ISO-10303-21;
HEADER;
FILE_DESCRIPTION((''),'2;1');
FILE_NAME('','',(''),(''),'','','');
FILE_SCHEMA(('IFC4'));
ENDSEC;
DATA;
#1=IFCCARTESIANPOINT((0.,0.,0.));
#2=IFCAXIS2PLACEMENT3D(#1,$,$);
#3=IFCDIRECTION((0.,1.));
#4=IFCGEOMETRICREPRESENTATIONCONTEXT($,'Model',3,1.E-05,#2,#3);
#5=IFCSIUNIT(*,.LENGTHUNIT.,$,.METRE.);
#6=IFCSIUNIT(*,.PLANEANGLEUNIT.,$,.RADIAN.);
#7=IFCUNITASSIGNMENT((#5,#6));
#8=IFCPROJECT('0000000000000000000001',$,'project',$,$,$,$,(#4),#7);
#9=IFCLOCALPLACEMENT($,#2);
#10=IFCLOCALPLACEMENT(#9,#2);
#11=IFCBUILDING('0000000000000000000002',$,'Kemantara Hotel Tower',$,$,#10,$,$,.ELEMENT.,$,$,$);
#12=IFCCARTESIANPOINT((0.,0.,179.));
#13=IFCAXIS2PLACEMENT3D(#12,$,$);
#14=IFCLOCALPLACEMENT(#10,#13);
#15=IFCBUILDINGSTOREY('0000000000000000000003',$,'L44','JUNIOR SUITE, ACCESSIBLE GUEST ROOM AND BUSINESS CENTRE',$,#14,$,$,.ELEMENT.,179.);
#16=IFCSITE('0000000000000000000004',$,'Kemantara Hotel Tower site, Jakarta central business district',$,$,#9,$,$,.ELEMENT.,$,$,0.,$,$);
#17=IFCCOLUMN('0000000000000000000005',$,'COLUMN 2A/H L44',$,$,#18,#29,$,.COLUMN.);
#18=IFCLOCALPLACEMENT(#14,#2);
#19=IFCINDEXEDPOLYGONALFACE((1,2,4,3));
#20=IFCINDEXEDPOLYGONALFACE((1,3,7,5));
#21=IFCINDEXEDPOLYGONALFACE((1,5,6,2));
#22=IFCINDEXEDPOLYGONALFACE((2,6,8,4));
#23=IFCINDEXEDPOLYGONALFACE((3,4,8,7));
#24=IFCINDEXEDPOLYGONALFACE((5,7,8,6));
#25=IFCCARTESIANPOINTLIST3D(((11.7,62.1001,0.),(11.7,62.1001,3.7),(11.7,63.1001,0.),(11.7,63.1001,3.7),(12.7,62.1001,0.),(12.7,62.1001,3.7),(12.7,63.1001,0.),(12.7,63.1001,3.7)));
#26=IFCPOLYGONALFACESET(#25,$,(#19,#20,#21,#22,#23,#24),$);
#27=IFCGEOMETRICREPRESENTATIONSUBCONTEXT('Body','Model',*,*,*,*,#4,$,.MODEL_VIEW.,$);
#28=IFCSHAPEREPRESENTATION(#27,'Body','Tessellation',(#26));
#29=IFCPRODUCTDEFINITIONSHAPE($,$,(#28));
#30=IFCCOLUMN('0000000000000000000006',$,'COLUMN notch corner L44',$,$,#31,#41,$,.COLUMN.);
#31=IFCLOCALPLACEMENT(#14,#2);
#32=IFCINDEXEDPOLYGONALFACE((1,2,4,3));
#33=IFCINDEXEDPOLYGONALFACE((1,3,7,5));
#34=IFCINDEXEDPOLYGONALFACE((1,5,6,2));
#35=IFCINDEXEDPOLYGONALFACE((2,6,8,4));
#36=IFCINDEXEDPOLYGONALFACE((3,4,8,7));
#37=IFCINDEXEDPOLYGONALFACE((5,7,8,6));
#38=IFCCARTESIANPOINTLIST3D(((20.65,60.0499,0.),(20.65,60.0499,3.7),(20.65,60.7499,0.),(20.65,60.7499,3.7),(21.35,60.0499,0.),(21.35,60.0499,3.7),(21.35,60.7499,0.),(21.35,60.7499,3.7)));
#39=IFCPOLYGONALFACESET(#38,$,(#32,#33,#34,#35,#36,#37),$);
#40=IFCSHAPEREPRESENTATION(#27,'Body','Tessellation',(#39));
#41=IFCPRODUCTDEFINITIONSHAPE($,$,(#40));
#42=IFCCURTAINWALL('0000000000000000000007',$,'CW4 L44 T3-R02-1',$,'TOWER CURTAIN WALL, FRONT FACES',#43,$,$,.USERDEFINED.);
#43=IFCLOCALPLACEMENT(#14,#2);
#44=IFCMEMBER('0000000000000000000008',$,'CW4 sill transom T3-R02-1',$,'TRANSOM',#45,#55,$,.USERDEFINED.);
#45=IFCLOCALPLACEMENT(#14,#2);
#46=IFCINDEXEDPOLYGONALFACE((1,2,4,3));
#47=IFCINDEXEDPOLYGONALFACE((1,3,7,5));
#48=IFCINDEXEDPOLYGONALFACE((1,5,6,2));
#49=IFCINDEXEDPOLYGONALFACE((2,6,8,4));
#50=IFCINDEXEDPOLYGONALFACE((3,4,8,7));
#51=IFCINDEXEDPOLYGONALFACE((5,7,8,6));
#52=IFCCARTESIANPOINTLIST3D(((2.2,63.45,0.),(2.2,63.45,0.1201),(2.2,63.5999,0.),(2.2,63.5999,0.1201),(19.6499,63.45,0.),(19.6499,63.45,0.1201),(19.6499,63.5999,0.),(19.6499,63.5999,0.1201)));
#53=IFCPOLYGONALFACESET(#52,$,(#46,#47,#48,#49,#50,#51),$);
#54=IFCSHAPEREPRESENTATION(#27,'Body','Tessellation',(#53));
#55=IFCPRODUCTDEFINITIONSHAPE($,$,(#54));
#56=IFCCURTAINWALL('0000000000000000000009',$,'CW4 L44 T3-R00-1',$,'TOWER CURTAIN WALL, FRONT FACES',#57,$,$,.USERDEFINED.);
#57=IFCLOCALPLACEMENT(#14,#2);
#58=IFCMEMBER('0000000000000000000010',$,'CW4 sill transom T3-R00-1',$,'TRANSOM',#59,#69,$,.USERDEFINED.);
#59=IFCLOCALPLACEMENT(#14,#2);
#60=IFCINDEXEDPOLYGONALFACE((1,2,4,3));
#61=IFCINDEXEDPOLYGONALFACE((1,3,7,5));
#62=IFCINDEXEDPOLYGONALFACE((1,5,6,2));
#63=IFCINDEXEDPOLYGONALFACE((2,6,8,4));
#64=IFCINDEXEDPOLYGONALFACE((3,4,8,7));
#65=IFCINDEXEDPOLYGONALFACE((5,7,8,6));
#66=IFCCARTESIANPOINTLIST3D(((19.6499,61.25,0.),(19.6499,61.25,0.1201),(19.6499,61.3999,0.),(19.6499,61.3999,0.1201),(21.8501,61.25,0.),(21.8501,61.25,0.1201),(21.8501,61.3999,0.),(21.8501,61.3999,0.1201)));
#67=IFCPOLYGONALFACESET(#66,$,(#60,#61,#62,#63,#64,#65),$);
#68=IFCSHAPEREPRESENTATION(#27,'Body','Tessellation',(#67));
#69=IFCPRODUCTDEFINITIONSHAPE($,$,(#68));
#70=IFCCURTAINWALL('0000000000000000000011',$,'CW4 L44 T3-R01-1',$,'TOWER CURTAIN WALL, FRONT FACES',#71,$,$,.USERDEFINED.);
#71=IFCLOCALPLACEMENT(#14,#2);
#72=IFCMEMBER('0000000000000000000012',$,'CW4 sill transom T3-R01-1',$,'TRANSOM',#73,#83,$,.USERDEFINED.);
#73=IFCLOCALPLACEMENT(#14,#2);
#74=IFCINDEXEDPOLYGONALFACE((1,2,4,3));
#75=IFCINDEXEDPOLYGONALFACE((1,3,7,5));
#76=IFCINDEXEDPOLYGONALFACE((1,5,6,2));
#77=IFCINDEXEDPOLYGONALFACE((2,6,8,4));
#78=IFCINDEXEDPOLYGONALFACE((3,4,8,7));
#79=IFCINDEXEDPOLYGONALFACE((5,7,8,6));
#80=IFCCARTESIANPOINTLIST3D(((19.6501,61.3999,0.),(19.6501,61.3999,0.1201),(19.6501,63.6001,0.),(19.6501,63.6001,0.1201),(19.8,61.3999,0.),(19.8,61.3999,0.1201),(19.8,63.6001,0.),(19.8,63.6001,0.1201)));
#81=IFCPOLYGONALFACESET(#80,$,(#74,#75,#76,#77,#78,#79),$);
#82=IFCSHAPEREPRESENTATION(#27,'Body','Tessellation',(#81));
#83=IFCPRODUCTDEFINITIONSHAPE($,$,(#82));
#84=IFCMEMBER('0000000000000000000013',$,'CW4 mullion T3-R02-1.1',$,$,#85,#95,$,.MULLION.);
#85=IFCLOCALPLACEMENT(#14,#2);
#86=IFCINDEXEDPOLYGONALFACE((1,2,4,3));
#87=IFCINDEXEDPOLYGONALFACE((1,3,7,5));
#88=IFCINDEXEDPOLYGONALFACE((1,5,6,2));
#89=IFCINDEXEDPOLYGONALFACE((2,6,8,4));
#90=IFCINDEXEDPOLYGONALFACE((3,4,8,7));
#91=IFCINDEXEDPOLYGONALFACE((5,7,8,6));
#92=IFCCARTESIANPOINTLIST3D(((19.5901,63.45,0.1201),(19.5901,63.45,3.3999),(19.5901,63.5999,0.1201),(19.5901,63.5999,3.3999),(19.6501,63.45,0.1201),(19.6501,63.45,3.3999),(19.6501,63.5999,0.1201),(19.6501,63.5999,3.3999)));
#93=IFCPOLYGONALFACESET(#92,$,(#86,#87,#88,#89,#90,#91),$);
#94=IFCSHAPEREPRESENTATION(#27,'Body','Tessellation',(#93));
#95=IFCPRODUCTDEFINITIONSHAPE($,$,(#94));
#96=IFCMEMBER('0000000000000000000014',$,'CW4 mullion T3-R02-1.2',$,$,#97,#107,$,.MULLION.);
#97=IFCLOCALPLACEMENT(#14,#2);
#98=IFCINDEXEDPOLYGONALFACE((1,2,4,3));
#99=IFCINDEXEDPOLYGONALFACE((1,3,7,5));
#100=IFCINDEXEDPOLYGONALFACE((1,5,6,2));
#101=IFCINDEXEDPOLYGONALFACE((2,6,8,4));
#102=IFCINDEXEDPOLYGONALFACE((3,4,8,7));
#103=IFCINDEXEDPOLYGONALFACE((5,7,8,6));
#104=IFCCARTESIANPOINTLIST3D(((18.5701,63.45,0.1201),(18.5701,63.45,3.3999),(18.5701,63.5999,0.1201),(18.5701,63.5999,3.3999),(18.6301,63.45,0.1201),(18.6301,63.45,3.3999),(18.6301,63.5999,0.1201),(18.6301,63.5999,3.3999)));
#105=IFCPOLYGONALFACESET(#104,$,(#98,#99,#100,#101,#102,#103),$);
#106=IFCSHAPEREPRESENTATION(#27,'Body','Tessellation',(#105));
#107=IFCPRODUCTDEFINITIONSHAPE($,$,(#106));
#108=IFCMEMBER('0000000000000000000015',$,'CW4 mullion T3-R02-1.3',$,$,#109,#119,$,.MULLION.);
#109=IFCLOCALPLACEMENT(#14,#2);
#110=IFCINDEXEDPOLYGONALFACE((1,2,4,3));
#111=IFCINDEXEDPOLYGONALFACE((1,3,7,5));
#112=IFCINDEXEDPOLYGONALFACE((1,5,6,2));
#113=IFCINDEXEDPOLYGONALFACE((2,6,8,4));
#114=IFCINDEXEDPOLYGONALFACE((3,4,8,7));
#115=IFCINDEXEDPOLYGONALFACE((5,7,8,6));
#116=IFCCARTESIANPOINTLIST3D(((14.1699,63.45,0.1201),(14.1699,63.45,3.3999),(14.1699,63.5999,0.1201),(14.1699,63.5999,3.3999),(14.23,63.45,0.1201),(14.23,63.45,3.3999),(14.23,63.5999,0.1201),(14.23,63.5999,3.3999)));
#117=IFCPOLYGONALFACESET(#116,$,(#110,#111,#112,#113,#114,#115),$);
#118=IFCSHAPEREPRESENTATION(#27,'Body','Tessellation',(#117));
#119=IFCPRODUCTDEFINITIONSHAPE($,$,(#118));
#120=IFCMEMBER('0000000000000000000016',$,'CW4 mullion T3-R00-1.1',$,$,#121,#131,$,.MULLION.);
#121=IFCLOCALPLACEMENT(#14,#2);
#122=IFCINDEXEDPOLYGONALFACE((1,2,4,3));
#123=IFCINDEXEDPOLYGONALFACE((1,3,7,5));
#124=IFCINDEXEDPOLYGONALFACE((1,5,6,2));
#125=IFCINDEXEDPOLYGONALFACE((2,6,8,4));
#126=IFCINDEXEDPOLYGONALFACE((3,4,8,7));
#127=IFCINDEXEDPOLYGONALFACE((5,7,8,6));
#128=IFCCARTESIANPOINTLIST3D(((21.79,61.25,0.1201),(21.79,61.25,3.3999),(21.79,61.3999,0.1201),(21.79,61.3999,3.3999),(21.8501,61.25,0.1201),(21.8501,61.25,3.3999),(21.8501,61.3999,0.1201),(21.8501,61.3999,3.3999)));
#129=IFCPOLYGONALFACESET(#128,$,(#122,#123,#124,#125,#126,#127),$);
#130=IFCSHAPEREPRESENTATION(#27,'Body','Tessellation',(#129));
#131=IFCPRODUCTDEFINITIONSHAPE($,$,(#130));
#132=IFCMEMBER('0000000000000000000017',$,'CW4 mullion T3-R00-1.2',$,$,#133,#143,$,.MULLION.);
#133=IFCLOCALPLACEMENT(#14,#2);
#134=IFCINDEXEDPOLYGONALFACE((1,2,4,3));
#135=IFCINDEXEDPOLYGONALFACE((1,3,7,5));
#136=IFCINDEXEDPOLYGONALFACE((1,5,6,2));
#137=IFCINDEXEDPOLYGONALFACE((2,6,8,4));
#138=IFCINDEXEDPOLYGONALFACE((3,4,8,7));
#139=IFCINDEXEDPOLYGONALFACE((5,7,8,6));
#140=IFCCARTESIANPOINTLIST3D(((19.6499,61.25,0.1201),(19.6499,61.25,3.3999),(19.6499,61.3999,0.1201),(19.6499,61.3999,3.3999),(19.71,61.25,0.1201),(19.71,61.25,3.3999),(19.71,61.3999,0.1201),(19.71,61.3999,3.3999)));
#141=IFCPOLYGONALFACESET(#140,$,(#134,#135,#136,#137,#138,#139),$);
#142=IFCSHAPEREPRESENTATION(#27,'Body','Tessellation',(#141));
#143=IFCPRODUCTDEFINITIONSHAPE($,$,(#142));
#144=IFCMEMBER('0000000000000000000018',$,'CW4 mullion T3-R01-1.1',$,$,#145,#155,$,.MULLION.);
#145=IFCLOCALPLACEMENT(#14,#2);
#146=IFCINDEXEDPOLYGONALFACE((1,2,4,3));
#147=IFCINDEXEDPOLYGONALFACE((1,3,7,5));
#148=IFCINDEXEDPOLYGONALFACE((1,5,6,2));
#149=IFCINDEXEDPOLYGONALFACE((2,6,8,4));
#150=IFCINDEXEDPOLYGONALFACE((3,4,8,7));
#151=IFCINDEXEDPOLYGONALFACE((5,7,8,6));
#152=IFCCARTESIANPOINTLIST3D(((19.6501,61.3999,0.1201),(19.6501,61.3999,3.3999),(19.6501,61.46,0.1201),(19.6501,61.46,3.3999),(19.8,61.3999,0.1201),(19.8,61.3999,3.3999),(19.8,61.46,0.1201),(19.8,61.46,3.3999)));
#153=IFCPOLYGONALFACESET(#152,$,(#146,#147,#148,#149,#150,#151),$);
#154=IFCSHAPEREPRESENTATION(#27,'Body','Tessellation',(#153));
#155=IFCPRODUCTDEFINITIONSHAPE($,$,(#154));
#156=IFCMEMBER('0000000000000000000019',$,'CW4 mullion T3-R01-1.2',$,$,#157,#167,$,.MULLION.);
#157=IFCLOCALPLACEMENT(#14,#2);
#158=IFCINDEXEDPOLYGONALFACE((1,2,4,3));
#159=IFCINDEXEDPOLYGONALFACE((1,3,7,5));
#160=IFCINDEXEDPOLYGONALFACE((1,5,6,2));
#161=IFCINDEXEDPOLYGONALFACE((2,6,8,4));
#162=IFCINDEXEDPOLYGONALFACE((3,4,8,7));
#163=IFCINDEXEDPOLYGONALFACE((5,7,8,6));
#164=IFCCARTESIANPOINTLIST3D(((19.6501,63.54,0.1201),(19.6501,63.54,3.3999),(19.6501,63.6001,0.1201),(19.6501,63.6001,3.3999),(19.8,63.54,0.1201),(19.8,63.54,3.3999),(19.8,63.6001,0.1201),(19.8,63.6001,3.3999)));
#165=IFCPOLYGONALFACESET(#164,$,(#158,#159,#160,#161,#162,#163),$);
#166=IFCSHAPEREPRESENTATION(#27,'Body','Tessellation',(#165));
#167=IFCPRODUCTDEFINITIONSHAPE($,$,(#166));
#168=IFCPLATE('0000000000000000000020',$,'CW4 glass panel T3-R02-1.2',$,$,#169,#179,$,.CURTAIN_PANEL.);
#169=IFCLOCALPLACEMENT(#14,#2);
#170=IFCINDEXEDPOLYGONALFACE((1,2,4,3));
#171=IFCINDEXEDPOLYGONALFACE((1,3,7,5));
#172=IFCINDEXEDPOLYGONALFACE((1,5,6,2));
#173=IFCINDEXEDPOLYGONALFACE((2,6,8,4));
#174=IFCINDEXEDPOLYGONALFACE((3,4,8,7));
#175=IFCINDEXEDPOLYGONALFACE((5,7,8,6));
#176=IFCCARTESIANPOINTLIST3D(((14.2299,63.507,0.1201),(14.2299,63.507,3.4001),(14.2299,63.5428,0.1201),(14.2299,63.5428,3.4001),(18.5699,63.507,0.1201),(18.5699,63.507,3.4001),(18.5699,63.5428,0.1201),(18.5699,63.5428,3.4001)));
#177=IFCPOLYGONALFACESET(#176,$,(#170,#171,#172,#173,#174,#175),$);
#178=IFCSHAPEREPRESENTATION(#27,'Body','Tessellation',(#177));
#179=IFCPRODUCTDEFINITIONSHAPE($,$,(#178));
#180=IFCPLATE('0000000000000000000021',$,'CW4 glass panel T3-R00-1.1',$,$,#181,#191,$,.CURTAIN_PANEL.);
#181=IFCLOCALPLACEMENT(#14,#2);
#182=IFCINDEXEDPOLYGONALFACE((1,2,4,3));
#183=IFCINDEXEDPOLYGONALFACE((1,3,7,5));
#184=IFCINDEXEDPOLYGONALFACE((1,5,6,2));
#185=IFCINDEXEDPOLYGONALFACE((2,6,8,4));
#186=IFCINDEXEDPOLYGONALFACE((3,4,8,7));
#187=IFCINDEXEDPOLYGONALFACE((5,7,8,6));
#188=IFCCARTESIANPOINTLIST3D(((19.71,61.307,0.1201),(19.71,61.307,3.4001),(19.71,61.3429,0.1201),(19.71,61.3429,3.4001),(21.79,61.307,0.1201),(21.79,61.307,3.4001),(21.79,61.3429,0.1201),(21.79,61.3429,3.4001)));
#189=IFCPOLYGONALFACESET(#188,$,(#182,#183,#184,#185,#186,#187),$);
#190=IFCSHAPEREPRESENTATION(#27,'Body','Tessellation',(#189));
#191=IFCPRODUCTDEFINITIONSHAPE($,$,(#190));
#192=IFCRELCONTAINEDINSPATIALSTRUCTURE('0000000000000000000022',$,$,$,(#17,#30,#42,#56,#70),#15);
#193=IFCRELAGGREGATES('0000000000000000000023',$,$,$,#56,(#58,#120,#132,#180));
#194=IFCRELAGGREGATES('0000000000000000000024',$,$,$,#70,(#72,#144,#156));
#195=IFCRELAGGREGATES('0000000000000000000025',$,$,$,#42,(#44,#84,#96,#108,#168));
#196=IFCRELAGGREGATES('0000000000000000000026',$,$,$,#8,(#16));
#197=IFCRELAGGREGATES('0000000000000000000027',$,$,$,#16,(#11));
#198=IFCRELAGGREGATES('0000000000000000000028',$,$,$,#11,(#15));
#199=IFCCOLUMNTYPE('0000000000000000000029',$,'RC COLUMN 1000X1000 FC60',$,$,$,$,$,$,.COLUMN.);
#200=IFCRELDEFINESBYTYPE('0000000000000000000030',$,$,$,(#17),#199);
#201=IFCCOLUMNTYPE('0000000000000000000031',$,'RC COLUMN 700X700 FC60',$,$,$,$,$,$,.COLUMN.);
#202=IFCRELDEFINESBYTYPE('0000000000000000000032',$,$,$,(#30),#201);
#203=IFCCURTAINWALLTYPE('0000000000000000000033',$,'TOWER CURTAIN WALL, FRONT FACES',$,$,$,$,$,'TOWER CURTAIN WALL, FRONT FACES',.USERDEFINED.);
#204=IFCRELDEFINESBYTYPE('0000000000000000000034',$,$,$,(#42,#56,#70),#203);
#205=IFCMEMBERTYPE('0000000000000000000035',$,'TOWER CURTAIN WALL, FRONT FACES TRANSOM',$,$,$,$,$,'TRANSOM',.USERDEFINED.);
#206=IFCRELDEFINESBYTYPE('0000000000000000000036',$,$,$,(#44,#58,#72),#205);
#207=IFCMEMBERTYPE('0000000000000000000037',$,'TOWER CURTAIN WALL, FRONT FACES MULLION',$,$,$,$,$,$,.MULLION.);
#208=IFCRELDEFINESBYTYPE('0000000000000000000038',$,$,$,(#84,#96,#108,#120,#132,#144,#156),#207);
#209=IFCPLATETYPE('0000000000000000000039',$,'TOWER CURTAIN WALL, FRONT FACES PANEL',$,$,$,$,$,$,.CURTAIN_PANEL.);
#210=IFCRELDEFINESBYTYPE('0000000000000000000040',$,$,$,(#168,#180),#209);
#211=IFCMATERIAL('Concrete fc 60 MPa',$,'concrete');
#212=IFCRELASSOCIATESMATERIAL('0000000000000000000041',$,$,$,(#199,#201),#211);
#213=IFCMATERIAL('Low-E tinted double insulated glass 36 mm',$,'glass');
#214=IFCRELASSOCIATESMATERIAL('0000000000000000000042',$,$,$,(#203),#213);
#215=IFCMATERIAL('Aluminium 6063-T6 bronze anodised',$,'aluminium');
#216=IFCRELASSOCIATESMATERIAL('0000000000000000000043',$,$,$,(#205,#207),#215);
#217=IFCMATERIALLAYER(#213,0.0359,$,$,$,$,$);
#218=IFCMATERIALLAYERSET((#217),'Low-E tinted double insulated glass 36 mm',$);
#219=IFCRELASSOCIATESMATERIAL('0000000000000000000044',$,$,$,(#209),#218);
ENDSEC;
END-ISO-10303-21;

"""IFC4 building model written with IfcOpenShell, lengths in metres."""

from ifc_helpers import new_model, si_unit, direction, frame, origin, origin_2d, place, context, subcontext, project, spatial, rectangle, extrude, source, transform, mapped, material, layer, layer_set, material_profile, profile_set, type_object, element, aggregate, save


model = new_model("IFC4")

# Units and contexts
model_context = context("Model", 3, precision=1e-05, world=origin(), true_north=direction((0.0, 1.0)))
body_context = subcontext(model_context, "Body", "Model", "MODEL_VIEW")
ifc_project = project(units=[si_unit("LENGTHUNIT", "METRE"), si_unit("PLANEANGLEUNIT", "RADIAN")], contexts=[model_context])

# Site, building, storey
site_placement = place(None, origin())
site = spatial("IfcSite", under=ifc_project, at=site_placement, Name="Kemantara Hotel Tower site, Jakarta central business district", CompositionType="ELEMENT", RefElevation=0.0)
building_placement = place(site_placement, origin())
building = spatial("IfcBuilding", under=site, at=building_placement, Name="Kemantara Hotel Tower", CompositionType="ELEMENT")
storey_placement = place(building_placement, frame((0.0, 0.0, 179.0)))
storey = spatial("IfcBuildingStorey", under=building, at=storey_placement, Name="L44", Description="JUNIOR SUITE, ACCESSIBLE GUEST ROOM AND BUSINESS CENTRE", CompositionType="ELEMENT", Elevation=179.0)

# Columns
ifc_material_1 = material(Name="Concrete fc 60 MPa", Category="concrete")
ifc_material_profile_1 = material_profile(ifc_material_1, rectangle(XDim=1.0, YDim=1.0, at=origin_2d()), Name="RC 1000X1000")
ifc_profile_set_1 = profile_set([ifc_material_profile_1], Name="Concrete fc 60 MPa")
column_type_1 = type_object("IfcColumnType", Name="RC COLUMN 1000X1000 FC60", PredefinedType="COLUMN", material=ifc_profile_set_1)
column_1_placement = place(storey_placement, frame((12.2, 62.6001, 0.0), z_axis=(0.0, 0.0, 1.0), x_axis=(1.0, 0.0, 0.0)))
element("IfcColumn", 1, at=column_1_placement, inside=storey, type_object=column_type_1, Name="COLUMN 2A/H L44", PredefinedType="COLUMN", context=body_context, shape_type="SweptSolid", body=[
    extrude(rectangle(XDim=1.0, YDim=1.0, at=origin_2d()), origin(), (0.0, 0.0, 1.0), 3.7),
])
ifc_material_profile_2 = material_profile(ifc_material_1, rectangle(XDim=0.7, YDim=0.7, at=origin_2d()), Name="RC 700X700")
ifc_profile_set_2 = profile_set([ifc_material_profile_2], Name="Concrete fc 60 MPa")
column_type_2 = type_object("IfcColumnType", Name="RC COLUMN 700X700 FC60", PredefinedType="COLUMN", material=ifc_profile_set_2)
column_2_placement = place(storey_placement, frame((21.0, 60.3999, 0.0), z_axis=(0.0, 0.0, 1.0), x_axis=(1.0, 0.0, 0.0)))
element("IfcColumn", 2, at=column_2_placement, inside=storey, type_object=column_type_2, Name="COLUMN notch corner L44", PredefinedType="COLUMN", context=body_context, shape_type="SweptSolid", body=[
    extrude(rectangle(XDim=0.7, YDim=0.7, at=origin_2d()), origin(), (0.0, 0.0, 1.0), 3.7),
])

# Curtain walls, members
ifc_material_2 = material(Name="Low-E tinted double insulated glass 36 mm", Category="glass")
curtain_wall_type = type_object("IfcCurtainWallType", Name="TOWER CURTAIN WALL, FRONT FACES", ElementType="TOWER CURTAIN WALL, FRONT FACES", PredefinedType="USERDEFINED", material=ifc_material_2)
curtain_wall_1_placement = place(storey_placement, origin())
curtain_wall_1 = element("IfcCurtainWall", 3, at=curtain_wall_1_placement, inside=storey, type_object=curtain_wall_type, Name="CW4 L44 T3-R02-1", ObjectType="TOWER CURTAIN WALL, FRONT FACES", PredefinedType="USERDEFINED")
ifc_material_3 = material(Name="Aluminium 6063-T6 bronze anodised", Category="aluminium")
ifc_material_profile_3 = material_profile(ifc_material_3, rectangle(XDim=0.1499, YDim=0.1201, at=origin_2d()), Name="TOWER CURTAIN WALL, FRONT FACES TRANSOM")
ifc_profile_set_3 = profile_set([ifc_material_profile_3], Name="Aluminium 6063-T6 bronze anodised")
member_type_1 = type_object("IfcMemberType", Name="TOWER CURTAIN WALL, FRONT FACES TRANSOM", ElementType="TRANSOM", PredefinedType="USERDEFINED", material=ifc_profile_set_3)
member_1_placement = place(storey_placement, frame((19.6499, 63.5249, 0.0601), z_axis=(-1.0, 0.0, 0.0), x_axis=(0.0, -1.0, 0.0)))
member_1 = element("IfcMember", 4, at=member_1_placement, type_object=member_type_1, Name="CW4 sill transom T3-R02-1", ObjectType="TRANSOM", PredefinedType="USERDEFINED", context=body_context, shape_type="SweptSolid", body=[
    extrude(rectangle(XDim=0.1499, YDim=0.1201, at=origin_2d()), origin(), (0.0, 0.0, 1.0), 17.45),
])
curtain_wall_2_placement = place(storey_placement, origin())
curtain_wall_2 = element("IfcCurtainWall", 5, at=curtain_wall_2_placement, inside=storey, type_object=curtain_wall_type, Name="CW4 L44 T3-R00-1", ObjectType="TOWER CURTAIN WALL, FRONT FACES", PredefinedType="USERDEFINED")
member_2_placement = place(storey_placement, frame((21.8501, 61.325, 0.0601), z_axis=(-1.0, 0.0, 0.0), x_axis=(0.0, -1.0, 0.0)))
member_2 = element("IfcMember", 6, at=member_2_placement, type_object=member_type_1, Name="CW4 sill transom T3-R00-1", ObjectType="TRANSOM", PredefinedType="USERDEFINED", context=body_context, shape_type="SweptSolid", body=[
    extrude(rectangle(XDim=0.1499, YDim=0.1201, at=origin_2d()), origin(), (0.0, 0.0, 1.0), 2.2002),
])
curtain_wall_3_placement = place(storey_placement, origin())
curtain_wall_3 = element("IfcCurtainWall", 7, at=curtain_wall_3_placement, inside=storey, type_object=curtain_wall_type, Name="CW4 L44 T3-R01-1", ObjectType="TOWER CURTAIN WALL, FRONT FACES", PredefinedType="USERDEFINED")
member_3_placement = place(storey_placement, frame((19.7251, 61.3999, 0.0601), z_axis=(0.0, 1.0, 0.0), x_axis=(-1.0, 0.0, 0.0)))
member_3 = element("IfcMember", 8, at=member_3_placement, type_object=member_type_1, Name="CW4 sill transom T3-R01-1", ObjectType="TRANSOM", PredefinedType="USERDEFINED", context=body_context, shape_type="SweptSolid", body=[
    extrude(rectangle(XDim=0.1499, YDim=0.1201, at=origin_2d()), origin(), (0.0, 0.0, 1.0), 2.2002),
])

# Members
ifc_material_profile_4 = material_profile(ifc_material_3, rectangle(XDim=0.1499, YDim=0.0601, at=origin_2d()), Name="TOWER CURTAIN WALL, FRONT FACES MULLION")
ifc_profile_set_4 = profile_set([ifc_material_profile_4], Name="Aluminium 6063-T6 bronze anodised")
member_type_2 = type_object("IfcMemberType", Name="TOWER CURTAIN WALL, FRONT FACES MULLION", PredefinedType="MULLION", material=ifc_profile_set_4)
shared_shape_1 = source(origin(), body_context, "Body", "SweptSolid", [
    extrude(rectangle(XDim=0.1499, YDim=0.0601, at=origin_2d()), origin(), (0.0, 0.0, 1.0), 3.2798),
])
member_4_placement = place(storey_placement, frame((19.6201, 63.5249, 0.1201), z_axis=(0.0, 0.0, 1.0), x_axis=(0.0, -1.0, 0.0)))
member_4 = element("IfcMember", 9, at=member_4_placement, type_object=member_type_2, Name="CW4 mullion T3-R02-1.1", PredefinedType="MULLION", context=body_context, shape_type="MappedRepresentation", body=[
    mapped(shared_shape_1, transform((0.0, 0.0, 0.0))),
])
member_5_placement = place(storey_placement, frame((18.6001, 63.5249, 0.1201), z_axis=(0.0, 0.0, 1.0), x_axis=(0.0, -1.0, 0.0)))
member_5 = element("IfcMember", 10, at=member_5_placement, type_object=member_type_2, Name="CW4 mullion T3-R02-1.2", PredefinedType="MULLION", context=body_context, shape_type="MappedRepresentation", body=[
    mapped(shared_shape_1, transform((0.0, 0.0, 0.0))),
])
member_6_placement = place(storey_placement, frame((14.2, 63.5249, 0.1201), z_axis=(0.0, 0.0, 1.0), x_axis=(0.0, -1.0, 0.0)))
member_6 = element("IfcMember", 11, at=member_6_placement, type_object=member_type_2, Name="CW4 mullion T3-R02-1.3", PredefinedType="MULLION", context=body_context, shape_type="MappedRepresentation", body=[
    mapped(shared_shape_1, transform((0.0, 0.0, 0.0))),
])
member_7_placement = place(storey_placement, frame((21.8201, 61.325, 0.1201), z_axis=(0.0, 0.0, 1.0), x_axis=(0.0, -1.0, 0.0)))
member_7 = element("IfcMember", 12, at=member_7_placement, type_object=member_type_2, Name="CW4 mullion T3-R00-1.1", PredefinedType="MULLION", context=body_context, shape_type="MappedRepresentation", body=[
    mapped(shared_shape_1, transform((0.0, 0.0, 0.0))),
])
member_8_placement = place(storey_placement, frame((19.6799, 61.325, 0.1201), z_axis=(0.0, 0.0, 1.0), x_axis=(0.0, -1.0, 0.0)))
member_8 = element("IfcMember", 13, at=member_8_placement, type_object=member_type_2, Name="CW4 mullion T3-R00-1.2", PredefinedType="MULLION", context=body_context, shape_type="MappedRepresentation", body=[
    mapped(shared_shape_1, transform((0.0, 0.0, 0.0))),
])
member_9_placement = place(storey_placement, frame((19.7251, 61.4299, 0.1201), z_axis=(0.0, 0.0, 1.0), x_axis=(-1.0, 0.0, 0.0)))
member_9 = element("IfcMember", 14, at=member_9_placement, type_object=member_type_2, Name="CW4 mullion T3-R01-1.1", PredefinedType="MULLION", context=body_context, shape_type="MappedRepresentation", body=[
    mapped(shared_shape_1, transform((0.0, 0.0, 0.0))),
])
member_10_placement = place(storey_placement, frame((19.7251, 63.5701, 0.1201), z_axis=(0.0, 0.0, 1.0), x_axis=(-1.0, 0.0, 0.0)))
member_10 = element("IfcMember", 15, at=member_10_placement, type_object=member_type_2, Name="CW4 mullion T3-R01-1.2", PredefinedType="MULLION", context=body_context, shape_type="MappedRepresentation", body=[
    mapped(shared_shape_1, transform((0.0, 0.0, 0.0))),
])

# Plates
ifc_layer_1 = layer(ifc_material_2, 0.0359)
ifc_layer_set_1 = layer_set([ifc_layer_1], Name="Low-E tinted double insulated glass 36 mm")
plate_type = type_object("IfcPlateType", Name="TOWER CURTAIN WALL, FRONT FACES PANEL", PredefinedType="CURTAIN_PANEL", material=ifc_layer_set_1)
shared_shape_2 = source(origin(), body_context, "Body", "SweptSolid", [
    extrude(rectangle(XDim=4.3401, YDim=0.0359, at=origin_2d()), origin(), (0.0, 0.0, 1.0), 3.28),
])
plate_1_placement = place(storey_placement, frame((16.3999, 63.5249, 0.1201), z_axis=(0.0, 0.0, 1.0), x_axis=(-1.0, 0.0, 0.0)))
plate_1 = element("IfcPlate", 16, at=plate_1_placement, type_object=plate_type, Name="CW4 glass panel T3-R02-1.2", PredefinedType="CURTAIN_PANEL", context=body_context, shape_type="MappedRepresentation", body=[
    mapped(shared_shape_2, transform((0.0, 0.0, 0.0))),
])
shared_shape_3 = source(origin(), body_context, "Body", "SweptSolid", [
    extrude(rectangle(XDim=2.0801, YDim=0.0359, at=origin_2d()), origin(), (0.0, 0.0, 1.0), 3.28),
])
plate_2_placement = place(storey_placement, frame((20.75, 61.325, 0.1201), z_axis=(0.0, 0.0, 1.0), x_axis=(-1.0, 0.0, 0.0)))
plate_2 = element("IfcPlate", 17, at=plate_2_placement, type_object=plate_type, Name="CW4 glass panel T3-R00-1.1", PredefinedType="CURTAIN_PANEL", context=body_context, shape_type="MappedRepresentation", body=[
    mapped(shared_shape_3, transform((0.0, 0.0, 0.0))),
])
aggregate(curtain_wall_2, [member_2, member_7, member_8, plate_2])
aggregate(curtain_wall_3, [member_3, member_9, member_10])
aggregate(curtain_wall_1, [member_1, member_4, member_5, member_6, plate_1])

save(model, "model.ifc")
